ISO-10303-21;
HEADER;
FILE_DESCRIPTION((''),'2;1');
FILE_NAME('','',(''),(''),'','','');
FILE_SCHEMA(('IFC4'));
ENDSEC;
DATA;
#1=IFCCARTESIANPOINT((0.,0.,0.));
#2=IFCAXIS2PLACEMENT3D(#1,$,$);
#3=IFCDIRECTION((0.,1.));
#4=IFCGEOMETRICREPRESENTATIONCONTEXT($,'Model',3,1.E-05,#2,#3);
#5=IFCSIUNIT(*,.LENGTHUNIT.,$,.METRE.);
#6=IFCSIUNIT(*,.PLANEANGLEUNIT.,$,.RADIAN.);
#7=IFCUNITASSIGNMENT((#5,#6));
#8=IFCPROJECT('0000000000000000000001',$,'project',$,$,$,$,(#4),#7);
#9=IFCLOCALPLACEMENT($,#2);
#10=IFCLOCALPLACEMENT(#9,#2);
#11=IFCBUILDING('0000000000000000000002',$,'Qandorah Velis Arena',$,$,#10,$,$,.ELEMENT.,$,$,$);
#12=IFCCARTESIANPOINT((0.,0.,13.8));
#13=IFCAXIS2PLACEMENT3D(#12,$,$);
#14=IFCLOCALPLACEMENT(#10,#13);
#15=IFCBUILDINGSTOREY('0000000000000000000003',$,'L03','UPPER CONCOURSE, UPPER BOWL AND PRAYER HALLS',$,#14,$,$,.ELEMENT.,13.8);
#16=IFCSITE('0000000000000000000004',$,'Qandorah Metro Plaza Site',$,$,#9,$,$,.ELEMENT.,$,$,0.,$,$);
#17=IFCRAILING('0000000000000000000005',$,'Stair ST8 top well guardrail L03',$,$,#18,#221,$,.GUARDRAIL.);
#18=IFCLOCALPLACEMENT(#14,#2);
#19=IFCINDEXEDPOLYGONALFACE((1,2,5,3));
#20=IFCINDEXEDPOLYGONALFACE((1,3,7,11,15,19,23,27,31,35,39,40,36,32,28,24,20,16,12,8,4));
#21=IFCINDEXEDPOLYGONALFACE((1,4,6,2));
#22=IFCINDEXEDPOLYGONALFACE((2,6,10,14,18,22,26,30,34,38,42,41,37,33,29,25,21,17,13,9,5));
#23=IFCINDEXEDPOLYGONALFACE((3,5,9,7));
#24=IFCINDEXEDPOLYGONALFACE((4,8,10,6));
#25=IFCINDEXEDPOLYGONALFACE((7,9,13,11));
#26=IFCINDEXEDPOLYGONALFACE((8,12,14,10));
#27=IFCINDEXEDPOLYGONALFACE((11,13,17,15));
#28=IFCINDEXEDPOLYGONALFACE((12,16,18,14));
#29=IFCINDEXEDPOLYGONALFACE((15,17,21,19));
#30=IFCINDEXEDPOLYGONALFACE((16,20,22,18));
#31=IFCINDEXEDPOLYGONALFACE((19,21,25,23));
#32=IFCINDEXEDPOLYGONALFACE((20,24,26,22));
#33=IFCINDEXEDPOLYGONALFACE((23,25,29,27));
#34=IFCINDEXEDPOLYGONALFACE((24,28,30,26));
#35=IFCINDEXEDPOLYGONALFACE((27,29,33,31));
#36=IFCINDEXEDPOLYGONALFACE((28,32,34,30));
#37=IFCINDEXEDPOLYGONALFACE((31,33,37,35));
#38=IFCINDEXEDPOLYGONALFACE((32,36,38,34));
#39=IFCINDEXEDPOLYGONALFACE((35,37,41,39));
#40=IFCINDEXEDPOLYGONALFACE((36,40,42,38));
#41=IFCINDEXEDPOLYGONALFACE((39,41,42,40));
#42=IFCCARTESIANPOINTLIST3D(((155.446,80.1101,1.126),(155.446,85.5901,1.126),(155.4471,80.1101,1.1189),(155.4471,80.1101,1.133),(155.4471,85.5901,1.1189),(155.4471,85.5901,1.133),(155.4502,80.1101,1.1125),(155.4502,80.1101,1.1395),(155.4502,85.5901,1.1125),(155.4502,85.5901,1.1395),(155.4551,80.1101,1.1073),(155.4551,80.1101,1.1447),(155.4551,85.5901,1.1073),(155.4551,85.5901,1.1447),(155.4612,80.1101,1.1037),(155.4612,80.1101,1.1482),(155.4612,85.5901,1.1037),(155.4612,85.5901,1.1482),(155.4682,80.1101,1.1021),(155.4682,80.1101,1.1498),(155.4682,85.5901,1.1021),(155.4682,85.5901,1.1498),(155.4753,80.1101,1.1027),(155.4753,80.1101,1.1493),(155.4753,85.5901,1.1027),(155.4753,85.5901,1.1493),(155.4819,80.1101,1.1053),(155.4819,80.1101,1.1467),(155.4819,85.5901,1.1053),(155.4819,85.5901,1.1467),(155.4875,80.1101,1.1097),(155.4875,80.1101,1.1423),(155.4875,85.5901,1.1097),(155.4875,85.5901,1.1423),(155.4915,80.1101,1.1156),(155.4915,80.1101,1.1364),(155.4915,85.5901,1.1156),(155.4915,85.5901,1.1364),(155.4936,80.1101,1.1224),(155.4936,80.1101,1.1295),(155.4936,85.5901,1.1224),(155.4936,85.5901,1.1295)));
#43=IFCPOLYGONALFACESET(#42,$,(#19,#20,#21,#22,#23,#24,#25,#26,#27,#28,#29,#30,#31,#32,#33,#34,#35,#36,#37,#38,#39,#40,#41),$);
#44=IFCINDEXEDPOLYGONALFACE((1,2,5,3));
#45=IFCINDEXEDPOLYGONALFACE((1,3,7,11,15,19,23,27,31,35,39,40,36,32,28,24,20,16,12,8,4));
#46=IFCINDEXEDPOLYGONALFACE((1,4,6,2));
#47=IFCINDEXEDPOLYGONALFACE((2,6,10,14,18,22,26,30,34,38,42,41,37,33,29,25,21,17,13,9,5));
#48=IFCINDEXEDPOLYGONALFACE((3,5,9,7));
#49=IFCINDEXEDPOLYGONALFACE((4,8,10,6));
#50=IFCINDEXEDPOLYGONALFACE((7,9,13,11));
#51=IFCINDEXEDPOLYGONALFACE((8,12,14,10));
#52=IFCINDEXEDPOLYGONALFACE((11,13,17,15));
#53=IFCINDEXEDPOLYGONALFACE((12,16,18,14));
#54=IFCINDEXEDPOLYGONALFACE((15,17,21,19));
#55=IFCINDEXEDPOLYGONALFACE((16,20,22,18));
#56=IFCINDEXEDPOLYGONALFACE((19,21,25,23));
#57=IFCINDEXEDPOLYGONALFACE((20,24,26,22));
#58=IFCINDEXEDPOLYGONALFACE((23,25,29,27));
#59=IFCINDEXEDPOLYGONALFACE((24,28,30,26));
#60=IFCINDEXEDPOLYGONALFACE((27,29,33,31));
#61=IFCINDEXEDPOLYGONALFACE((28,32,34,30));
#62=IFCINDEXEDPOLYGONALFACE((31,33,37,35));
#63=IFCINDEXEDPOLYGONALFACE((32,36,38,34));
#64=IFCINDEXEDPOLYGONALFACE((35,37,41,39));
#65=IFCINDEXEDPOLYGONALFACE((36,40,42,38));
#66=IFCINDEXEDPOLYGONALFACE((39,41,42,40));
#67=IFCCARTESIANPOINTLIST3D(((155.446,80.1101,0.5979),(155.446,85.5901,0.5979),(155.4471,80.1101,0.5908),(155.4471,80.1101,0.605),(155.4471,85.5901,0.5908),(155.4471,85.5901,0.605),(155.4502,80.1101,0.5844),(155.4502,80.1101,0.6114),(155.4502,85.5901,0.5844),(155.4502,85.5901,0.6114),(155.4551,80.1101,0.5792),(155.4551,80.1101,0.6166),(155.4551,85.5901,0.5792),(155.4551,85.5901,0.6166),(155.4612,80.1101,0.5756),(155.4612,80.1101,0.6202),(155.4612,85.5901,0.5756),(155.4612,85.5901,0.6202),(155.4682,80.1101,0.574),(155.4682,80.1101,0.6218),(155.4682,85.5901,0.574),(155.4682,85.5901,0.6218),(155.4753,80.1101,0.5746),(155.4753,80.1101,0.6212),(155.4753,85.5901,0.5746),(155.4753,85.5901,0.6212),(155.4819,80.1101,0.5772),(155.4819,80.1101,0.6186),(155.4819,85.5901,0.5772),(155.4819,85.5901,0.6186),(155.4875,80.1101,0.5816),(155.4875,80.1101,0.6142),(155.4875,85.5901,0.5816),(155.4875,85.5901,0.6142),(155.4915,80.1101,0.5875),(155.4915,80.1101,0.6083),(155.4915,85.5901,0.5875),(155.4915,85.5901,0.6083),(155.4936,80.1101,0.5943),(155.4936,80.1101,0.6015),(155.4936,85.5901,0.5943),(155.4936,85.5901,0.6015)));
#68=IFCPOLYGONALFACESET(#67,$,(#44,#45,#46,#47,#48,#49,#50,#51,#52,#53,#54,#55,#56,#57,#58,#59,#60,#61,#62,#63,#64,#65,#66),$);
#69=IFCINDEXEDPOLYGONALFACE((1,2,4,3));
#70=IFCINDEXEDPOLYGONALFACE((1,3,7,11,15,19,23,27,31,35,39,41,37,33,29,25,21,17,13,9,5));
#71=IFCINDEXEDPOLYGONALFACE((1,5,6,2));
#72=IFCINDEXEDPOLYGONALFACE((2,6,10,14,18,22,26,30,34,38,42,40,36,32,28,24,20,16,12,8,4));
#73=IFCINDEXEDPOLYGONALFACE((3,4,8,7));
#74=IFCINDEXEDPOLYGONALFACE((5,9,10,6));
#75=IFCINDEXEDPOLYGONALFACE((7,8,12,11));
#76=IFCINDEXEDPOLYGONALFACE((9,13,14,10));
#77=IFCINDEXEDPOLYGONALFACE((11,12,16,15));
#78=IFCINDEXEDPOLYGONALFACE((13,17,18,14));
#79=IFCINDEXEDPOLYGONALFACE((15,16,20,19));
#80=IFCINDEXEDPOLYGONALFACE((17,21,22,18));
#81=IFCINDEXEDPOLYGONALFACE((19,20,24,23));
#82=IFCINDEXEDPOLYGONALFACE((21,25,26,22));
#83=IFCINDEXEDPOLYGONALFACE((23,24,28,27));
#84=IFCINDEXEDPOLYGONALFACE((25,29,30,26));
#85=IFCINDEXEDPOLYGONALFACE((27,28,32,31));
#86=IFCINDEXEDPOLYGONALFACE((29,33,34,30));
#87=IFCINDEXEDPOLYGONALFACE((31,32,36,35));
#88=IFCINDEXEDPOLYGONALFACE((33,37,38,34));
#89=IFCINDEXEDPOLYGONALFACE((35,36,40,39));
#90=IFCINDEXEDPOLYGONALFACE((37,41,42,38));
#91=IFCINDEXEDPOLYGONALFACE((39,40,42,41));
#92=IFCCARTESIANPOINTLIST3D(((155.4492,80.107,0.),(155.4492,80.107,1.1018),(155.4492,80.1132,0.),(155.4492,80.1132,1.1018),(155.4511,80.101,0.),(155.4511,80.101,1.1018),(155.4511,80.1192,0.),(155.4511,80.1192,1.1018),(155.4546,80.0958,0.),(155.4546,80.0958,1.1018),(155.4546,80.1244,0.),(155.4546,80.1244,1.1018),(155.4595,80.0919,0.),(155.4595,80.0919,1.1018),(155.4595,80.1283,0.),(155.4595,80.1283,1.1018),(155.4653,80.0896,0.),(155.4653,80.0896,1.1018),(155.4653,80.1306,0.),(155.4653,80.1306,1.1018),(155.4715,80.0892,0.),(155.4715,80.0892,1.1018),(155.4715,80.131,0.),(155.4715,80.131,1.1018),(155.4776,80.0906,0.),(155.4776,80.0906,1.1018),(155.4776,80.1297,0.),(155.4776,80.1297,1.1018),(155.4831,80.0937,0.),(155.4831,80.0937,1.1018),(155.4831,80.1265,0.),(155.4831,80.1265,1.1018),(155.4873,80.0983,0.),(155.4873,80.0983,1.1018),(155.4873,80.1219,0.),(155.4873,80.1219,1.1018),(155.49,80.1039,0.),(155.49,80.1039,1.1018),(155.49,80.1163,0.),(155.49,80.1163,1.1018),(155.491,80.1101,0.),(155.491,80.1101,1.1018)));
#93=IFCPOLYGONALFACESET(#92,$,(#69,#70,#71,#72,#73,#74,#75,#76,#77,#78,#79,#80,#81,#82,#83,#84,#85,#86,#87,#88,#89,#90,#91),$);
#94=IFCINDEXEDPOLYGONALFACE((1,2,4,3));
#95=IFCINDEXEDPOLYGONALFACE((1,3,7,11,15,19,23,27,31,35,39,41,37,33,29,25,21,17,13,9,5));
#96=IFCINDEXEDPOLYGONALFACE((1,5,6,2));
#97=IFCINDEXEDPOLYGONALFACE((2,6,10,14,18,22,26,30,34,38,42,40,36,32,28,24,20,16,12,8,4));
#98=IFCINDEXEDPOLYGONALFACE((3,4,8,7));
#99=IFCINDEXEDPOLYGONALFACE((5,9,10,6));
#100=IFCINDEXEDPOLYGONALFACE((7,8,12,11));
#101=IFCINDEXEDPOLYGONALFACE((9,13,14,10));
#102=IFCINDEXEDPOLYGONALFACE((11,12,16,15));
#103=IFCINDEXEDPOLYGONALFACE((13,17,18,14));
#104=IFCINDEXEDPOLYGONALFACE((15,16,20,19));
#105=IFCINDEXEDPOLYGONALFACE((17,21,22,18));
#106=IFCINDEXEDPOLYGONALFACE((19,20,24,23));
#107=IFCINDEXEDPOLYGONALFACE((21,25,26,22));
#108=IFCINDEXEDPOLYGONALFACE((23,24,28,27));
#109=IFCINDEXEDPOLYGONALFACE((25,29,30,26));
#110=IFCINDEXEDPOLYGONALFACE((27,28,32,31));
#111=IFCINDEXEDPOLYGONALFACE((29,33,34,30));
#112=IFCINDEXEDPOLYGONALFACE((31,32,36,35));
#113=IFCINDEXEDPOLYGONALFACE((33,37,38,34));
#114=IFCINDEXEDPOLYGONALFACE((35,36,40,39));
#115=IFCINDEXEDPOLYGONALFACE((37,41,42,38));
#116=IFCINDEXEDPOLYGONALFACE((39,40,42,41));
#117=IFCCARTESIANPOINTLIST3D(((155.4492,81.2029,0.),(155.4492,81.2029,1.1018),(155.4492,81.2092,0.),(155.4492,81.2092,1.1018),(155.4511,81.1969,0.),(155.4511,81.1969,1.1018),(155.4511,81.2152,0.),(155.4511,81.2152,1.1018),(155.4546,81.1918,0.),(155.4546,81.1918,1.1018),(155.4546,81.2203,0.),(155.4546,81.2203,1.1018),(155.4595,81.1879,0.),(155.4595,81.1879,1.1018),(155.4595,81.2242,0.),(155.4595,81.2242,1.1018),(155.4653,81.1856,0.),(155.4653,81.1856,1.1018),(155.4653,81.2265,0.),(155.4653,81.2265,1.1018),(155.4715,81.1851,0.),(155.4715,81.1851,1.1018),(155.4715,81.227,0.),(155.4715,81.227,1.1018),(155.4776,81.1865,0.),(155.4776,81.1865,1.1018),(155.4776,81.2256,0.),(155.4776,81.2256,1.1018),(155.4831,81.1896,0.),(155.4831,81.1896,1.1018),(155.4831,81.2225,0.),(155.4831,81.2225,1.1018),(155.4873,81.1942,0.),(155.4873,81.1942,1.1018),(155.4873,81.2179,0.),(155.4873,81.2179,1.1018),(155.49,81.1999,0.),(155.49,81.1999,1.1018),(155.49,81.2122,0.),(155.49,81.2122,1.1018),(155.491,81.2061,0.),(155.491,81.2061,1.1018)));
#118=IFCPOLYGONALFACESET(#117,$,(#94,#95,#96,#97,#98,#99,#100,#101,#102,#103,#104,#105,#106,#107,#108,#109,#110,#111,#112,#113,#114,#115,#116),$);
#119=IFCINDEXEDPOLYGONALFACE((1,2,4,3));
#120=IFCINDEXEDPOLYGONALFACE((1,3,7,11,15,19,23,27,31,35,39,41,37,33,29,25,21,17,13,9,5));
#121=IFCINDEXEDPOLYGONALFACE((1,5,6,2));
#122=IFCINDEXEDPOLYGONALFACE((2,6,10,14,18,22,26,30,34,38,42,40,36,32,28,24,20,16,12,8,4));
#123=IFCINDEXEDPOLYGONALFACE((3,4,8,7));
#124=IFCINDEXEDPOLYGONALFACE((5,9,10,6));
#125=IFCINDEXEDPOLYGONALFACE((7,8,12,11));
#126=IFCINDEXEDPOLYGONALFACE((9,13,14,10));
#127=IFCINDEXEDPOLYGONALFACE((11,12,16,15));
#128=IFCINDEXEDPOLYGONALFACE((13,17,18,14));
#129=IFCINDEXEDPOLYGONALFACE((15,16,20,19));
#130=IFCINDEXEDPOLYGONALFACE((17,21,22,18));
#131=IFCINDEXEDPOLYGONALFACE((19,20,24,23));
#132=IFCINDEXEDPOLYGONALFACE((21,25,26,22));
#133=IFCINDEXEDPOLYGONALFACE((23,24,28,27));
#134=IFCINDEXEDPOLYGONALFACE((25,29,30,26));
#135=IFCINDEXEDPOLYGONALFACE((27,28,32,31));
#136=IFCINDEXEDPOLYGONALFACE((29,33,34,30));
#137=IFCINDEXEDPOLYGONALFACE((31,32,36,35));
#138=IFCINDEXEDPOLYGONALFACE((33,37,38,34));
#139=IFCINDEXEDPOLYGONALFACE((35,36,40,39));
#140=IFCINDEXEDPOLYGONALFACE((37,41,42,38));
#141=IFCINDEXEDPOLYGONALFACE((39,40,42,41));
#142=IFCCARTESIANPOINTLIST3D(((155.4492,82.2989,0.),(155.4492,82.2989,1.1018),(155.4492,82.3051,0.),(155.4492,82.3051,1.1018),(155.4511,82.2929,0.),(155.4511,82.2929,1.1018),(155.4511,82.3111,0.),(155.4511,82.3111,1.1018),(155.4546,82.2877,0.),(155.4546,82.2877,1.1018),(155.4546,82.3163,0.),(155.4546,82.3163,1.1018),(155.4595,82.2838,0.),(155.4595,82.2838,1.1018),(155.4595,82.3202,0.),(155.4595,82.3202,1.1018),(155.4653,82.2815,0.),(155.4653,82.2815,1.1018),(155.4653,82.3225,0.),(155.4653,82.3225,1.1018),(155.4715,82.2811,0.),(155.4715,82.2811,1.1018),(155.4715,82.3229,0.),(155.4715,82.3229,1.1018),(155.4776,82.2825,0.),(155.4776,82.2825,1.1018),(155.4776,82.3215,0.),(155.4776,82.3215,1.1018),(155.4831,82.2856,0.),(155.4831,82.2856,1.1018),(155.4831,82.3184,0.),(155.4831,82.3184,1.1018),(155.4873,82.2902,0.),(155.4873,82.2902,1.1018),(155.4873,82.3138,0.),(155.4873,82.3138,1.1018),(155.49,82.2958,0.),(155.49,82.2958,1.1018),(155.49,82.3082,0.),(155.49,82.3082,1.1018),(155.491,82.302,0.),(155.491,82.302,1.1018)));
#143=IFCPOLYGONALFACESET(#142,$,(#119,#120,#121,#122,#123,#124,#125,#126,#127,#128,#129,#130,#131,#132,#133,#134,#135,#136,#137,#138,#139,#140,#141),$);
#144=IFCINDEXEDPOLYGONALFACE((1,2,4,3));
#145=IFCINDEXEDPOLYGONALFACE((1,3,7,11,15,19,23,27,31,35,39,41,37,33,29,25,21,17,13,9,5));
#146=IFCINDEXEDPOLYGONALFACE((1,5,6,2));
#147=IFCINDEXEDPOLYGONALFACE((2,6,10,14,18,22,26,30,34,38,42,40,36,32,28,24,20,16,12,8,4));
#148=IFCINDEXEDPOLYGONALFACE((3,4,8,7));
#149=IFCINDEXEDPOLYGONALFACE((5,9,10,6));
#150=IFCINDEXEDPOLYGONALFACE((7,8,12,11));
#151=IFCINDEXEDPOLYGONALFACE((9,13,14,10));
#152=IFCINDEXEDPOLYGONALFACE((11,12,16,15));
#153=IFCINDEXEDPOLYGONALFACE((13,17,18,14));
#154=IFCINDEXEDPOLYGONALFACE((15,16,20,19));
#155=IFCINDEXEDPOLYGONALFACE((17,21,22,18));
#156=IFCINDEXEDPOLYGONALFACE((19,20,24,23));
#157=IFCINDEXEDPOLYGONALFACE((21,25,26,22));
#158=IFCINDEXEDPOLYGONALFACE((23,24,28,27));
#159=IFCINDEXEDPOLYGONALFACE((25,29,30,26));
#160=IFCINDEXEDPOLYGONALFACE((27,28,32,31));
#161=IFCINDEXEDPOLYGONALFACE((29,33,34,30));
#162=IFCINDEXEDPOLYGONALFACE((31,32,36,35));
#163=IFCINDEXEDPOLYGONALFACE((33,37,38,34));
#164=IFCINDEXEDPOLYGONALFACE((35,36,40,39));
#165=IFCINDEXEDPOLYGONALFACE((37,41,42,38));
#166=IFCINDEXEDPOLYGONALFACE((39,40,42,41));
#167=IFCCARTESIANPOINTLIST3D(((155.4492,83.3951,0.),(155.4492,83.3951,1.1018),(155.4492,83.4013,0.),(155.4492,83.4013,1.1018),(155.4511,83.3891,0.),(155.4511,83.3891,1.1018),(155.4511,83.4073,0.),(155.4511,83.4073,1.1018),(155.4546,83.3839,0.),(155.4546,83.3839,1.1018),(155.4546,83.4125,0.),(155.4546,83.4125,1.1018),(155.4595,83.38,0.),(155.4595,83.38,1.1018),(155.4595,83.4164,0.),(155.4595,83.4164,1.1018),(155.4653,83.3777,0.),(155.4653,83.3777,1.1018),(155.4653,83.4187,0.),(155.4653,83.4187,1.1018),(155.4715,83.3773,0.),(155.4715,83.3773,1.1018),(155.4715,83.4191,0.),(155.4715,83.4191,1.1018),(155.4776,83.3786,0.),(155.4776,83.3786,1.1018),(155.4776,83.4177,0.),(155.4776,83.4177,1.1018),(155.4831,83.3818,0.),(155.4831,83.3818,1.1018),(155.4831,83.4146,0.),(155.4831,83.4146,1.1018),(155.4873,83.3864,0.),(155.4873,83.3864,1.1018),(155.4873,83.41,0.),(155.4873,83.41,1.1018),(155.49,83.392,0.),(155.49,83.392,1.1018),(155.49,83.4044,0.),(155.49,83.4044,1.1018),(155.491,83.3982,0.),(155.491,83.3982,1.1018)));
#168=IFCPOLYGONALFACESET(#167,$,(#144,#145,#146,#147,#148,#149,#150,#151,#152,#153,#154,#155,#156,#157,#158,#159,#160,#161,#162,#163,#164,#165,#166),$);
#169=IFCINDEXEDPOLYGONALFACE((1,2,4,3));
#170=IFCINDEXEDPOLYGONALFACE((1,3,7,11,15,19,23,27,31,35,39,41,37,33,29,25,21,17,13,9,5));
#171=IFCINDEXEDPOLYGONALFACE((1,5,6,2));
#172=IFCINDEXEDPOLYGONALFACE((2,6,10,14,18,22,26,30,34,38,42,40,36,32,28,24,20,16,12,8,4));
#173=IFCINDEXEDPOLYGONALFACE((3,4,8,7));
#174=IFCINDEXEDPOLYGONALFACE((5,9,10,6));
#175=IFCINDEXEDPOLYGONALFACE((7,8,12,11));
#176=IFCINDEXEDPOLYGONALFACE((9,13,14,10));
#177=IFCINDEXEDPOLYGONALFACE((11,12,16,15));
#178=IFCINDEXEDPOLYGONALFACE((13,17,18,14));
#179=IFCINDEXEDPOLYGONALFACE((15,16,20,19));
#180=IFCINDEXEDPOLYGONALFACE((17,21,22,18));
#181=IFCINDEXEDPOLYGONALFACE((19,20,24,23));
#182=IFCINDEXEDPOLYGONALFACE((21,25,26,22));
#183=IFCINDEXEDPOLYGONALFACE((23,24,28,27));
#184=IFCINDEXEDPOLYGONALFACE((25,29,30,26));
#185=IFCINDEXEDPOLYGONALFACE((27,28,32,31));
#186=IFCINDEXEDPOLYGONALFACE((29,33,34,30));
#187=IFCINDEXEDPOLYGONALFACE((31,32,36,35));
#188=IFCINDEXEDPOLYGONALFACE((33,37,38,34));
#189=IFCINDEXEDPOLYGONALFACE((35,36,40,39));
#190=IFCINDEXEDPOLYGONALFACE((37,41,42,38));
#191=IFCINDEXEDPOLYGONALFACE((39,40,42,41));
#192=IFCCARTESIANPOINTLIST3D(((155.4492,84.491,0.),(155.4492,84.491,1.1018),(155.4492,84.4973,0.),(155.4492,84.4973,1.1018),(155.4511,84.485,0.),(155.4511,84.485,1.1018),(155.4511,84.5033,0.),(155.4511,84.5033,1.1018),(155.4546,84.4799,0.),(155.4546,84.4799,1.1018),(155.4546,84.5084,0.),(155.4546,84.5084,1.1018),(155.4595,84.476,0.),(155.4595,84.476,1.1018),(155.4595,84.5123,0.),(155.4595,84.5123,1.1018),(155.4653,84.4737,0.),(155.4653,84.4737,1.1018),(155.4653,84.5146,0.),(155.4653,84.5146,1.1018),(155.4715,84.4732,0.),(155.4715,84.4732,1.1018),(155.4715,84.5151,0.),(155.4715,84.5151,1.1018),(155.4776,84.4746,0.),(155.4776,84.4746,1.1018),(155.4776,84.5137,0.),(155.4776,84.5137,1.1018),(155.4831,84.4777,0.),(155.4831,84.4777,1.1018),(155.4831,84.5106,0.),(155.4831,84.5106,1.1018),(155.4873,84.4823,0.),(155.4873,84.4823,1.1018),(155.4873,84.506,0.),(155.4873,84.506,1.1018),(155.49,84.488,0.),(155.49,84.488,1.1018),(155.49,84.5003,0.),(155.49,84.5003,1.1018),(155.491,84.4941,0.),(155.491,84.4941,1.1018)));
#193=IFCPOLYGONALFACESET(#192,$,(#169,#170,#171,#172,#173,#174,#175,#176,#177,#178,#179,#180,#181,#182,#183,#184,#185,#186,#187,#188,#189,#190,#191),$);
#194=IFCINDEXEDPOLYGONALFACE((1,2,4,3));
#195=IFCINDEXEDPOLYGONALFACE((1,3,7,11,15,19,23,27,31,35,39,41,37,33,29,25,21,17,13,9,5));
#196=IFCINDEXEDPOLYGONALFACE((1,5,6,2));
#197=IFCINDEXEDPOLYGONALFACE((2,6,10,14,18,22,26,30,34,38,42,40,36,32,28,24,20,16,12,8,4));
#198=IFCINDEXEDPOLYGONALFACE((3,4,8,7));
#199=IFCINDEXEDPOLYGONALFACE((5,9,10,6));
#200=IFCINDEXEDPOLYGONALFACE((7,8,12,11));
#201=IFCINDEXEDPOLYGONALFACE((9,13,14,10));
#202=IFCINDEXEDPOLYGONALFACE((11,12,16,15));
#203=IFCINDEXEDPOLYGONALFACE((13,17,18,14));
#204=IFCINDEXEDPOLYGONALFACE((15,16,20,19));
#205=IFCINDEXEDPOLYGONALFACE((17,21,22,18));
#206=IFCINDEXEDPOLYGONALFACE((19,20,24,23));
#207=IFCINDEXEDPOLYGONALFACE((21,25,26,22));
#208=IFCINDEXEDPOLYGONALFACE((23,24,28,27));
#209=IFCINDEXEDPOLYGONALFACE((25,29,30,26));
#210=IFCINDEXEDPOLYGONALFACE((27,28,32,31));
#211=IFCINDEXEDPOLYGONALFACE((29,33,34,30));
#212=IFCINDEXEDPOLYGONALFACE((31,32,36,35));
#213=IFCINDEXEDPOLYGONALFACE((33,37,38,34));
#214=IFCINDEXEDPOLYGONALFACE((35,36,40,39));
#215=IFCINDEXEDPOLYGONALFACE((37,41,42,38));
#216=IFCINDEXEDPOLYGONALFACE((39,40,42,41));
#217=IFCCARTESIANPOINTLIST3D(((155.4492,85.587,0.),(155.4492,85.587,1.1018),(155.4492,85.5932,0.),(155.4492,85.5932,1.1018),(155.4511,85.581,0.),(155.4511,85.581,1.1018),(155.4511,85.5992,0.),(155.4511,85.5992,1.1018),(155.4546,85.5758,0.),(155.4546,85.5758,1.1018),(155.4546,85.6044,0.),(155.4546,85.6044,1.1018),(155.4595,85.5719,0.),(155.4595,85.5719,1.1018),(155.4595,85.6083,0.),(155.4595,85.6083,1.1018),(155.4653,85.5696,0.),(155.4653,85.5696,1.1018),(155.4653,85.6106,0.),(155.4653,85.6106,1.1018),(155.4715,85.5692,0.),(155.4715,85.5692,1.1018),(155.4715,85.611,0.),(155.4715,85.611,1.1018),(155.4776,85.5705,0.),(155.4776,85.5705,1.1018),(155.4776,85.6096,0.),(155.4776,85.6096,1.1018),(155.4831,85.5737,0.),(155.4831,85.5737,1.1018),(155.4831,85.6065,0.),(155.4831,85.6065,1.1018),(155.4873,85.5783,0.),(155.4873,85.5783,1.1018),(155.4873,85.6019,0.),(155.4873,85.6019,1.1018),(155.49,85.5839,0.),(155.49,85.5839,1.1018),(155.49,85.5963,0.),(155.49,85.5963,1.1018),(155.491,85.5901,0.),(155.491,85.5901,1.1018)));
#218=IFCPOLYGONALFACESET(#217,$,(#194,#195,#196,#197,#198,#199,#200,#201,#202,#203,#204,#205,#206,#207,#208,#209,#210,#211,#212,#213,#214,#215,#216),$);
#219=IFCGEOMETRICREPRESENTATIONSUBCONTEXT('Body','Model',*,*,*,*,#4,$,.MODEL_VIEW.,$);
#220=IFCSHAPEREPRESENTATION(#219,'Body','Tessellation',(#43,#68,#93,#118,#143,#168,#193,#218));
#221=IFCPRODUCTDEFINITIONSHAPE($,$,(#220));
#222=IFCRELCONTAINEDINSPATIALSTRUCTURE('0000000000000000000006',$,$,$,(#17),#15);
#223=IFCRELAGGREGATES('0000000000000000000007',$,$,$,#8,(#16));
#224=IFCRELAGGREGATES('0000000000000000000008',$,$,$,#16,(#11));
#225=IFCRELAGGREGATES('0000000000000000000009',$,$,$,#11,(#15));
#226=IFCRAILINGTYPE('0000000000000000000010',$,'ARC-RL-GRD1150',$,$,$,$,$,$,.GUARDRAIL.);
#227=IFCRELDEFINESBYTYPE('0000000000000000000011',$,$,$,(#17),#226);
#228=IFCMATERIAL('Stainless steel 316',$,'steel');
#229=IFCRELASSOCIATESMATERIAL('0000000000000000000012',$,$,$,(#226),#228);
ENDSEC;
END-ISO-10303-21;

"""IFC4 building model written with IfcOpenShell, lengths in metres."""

from ifc_helpers import new_model, si_unit, direction, frame, origin, origin_2d, place, context, subcontext, project, spatial, circle, extrude, material, type_object, element, save


model = new_model("IFC4")

# Units and contexts
model_context = context("Model", 3, precision=1e-05, world=origin(), true_north=direction((0.0, 1.0)))
body_context = subcontext(model_context, "Body", "Model", "MODEL_VIEW")
ifc_project = project(units=[si_unit("LENGTHUNIT", "METRE"), si_unit("PLANEANGLEUNIT", "RADIAN")], contexts=[model_context])

# Site, building, storey
site_placement = place(None, origin())
site = spatial("IfcSite", under=ifc_project, at=site_placement, Name="Qandorah Metro Plaza Site", CompositionType="ELEMENT", RefElevation=0.0)
building_placement = place(site_placement, origin())
building = spatial("IfcBuilding", under=site, at=building_placement, Name="Qandorah Velis Arena", CompositionType="ELEMENT")
storey_placement = place(building_placement, frame((0.0, 0.0, 13.8)))
storey = spatial("IfcBuildingStorey", under=building, at=storey_placement, Name="L03", Description="UPPER CONCOURSE, UPPER BOWL AND PRAYER HALLS", CompositionType="ELEMENT", Elevation=13.8)

# Railing
ifc_material_1 = material(Name="Stainless steel 316", Category="steel")
railing_type = type_object("IfcRailingType", Name="ARC-RL-GRD1150", PredefinedType="GUARDRAIL", material=ifc_material_1)
railing_1_placement = place(storey_placement, frame((155.47, 80.1101, 0.0)))
element("IfcRailing", 1, at=railing_1_placement, inside=storey, type_object=railing_type, Name="Stair ST8 top well guardrail L03", PredefinedType="GUARDRAIL", context=body_context, shape_type="SweptSolid", body=[
    extrude(circle(Radius=0.0239, at=origin_2d()), frame((0.0, 0.0, 1.126), z_axis=(0.0, 1.0, 0.0), x_axis=(-1.0, 0.0, 0.0)), (0.0, 0.0, 1.0), 5.48),
    extrude(circle(Radius=0.0239, at=origin_2d()), frame((0.0, 0.0, 0.5979), z_axis=(0.0, 1.0, 0.0), x_axis=(-1.0, 0.0, 0.0)), (0.0, 0.0, 1.0), 5.48),
    extrude(circle(Radius=0.021, at=origin_2d()), origin(), (0.0, 0.0, 1.0), 1.1018),
    extrude(circle(Radius=0.021, at=origin_2d()), frame((0.0, 1.0959, 0.0)), (0.0, 0.0, 1.0), 1.1018),
    extrude(circle(Radius=0.021, at=origin_2d()), frame((0.0, 2.1919, 0.0)), (0.0, 0.0, 1.0), 1.1018),
    extrude(circle(Radius=0.021, at=origin_2d()), frame((0.0, 3.2881, 0.0)), (0.0, 0.0, 1.0), 1.1018),
    extrude(circle(Radius=0.021, at=origin_2d()), frame((0.0, 4.384, 0.0)), (0.0, 0.0, 1.0), 1.1018),
    extrude(circle(Radius=0.021, at=origin_2d()), frame((0.0, 5.48, 0.0)), (0.0, 0.0, 1.0), 1.1018),
])

save(model, "model.ifc")
